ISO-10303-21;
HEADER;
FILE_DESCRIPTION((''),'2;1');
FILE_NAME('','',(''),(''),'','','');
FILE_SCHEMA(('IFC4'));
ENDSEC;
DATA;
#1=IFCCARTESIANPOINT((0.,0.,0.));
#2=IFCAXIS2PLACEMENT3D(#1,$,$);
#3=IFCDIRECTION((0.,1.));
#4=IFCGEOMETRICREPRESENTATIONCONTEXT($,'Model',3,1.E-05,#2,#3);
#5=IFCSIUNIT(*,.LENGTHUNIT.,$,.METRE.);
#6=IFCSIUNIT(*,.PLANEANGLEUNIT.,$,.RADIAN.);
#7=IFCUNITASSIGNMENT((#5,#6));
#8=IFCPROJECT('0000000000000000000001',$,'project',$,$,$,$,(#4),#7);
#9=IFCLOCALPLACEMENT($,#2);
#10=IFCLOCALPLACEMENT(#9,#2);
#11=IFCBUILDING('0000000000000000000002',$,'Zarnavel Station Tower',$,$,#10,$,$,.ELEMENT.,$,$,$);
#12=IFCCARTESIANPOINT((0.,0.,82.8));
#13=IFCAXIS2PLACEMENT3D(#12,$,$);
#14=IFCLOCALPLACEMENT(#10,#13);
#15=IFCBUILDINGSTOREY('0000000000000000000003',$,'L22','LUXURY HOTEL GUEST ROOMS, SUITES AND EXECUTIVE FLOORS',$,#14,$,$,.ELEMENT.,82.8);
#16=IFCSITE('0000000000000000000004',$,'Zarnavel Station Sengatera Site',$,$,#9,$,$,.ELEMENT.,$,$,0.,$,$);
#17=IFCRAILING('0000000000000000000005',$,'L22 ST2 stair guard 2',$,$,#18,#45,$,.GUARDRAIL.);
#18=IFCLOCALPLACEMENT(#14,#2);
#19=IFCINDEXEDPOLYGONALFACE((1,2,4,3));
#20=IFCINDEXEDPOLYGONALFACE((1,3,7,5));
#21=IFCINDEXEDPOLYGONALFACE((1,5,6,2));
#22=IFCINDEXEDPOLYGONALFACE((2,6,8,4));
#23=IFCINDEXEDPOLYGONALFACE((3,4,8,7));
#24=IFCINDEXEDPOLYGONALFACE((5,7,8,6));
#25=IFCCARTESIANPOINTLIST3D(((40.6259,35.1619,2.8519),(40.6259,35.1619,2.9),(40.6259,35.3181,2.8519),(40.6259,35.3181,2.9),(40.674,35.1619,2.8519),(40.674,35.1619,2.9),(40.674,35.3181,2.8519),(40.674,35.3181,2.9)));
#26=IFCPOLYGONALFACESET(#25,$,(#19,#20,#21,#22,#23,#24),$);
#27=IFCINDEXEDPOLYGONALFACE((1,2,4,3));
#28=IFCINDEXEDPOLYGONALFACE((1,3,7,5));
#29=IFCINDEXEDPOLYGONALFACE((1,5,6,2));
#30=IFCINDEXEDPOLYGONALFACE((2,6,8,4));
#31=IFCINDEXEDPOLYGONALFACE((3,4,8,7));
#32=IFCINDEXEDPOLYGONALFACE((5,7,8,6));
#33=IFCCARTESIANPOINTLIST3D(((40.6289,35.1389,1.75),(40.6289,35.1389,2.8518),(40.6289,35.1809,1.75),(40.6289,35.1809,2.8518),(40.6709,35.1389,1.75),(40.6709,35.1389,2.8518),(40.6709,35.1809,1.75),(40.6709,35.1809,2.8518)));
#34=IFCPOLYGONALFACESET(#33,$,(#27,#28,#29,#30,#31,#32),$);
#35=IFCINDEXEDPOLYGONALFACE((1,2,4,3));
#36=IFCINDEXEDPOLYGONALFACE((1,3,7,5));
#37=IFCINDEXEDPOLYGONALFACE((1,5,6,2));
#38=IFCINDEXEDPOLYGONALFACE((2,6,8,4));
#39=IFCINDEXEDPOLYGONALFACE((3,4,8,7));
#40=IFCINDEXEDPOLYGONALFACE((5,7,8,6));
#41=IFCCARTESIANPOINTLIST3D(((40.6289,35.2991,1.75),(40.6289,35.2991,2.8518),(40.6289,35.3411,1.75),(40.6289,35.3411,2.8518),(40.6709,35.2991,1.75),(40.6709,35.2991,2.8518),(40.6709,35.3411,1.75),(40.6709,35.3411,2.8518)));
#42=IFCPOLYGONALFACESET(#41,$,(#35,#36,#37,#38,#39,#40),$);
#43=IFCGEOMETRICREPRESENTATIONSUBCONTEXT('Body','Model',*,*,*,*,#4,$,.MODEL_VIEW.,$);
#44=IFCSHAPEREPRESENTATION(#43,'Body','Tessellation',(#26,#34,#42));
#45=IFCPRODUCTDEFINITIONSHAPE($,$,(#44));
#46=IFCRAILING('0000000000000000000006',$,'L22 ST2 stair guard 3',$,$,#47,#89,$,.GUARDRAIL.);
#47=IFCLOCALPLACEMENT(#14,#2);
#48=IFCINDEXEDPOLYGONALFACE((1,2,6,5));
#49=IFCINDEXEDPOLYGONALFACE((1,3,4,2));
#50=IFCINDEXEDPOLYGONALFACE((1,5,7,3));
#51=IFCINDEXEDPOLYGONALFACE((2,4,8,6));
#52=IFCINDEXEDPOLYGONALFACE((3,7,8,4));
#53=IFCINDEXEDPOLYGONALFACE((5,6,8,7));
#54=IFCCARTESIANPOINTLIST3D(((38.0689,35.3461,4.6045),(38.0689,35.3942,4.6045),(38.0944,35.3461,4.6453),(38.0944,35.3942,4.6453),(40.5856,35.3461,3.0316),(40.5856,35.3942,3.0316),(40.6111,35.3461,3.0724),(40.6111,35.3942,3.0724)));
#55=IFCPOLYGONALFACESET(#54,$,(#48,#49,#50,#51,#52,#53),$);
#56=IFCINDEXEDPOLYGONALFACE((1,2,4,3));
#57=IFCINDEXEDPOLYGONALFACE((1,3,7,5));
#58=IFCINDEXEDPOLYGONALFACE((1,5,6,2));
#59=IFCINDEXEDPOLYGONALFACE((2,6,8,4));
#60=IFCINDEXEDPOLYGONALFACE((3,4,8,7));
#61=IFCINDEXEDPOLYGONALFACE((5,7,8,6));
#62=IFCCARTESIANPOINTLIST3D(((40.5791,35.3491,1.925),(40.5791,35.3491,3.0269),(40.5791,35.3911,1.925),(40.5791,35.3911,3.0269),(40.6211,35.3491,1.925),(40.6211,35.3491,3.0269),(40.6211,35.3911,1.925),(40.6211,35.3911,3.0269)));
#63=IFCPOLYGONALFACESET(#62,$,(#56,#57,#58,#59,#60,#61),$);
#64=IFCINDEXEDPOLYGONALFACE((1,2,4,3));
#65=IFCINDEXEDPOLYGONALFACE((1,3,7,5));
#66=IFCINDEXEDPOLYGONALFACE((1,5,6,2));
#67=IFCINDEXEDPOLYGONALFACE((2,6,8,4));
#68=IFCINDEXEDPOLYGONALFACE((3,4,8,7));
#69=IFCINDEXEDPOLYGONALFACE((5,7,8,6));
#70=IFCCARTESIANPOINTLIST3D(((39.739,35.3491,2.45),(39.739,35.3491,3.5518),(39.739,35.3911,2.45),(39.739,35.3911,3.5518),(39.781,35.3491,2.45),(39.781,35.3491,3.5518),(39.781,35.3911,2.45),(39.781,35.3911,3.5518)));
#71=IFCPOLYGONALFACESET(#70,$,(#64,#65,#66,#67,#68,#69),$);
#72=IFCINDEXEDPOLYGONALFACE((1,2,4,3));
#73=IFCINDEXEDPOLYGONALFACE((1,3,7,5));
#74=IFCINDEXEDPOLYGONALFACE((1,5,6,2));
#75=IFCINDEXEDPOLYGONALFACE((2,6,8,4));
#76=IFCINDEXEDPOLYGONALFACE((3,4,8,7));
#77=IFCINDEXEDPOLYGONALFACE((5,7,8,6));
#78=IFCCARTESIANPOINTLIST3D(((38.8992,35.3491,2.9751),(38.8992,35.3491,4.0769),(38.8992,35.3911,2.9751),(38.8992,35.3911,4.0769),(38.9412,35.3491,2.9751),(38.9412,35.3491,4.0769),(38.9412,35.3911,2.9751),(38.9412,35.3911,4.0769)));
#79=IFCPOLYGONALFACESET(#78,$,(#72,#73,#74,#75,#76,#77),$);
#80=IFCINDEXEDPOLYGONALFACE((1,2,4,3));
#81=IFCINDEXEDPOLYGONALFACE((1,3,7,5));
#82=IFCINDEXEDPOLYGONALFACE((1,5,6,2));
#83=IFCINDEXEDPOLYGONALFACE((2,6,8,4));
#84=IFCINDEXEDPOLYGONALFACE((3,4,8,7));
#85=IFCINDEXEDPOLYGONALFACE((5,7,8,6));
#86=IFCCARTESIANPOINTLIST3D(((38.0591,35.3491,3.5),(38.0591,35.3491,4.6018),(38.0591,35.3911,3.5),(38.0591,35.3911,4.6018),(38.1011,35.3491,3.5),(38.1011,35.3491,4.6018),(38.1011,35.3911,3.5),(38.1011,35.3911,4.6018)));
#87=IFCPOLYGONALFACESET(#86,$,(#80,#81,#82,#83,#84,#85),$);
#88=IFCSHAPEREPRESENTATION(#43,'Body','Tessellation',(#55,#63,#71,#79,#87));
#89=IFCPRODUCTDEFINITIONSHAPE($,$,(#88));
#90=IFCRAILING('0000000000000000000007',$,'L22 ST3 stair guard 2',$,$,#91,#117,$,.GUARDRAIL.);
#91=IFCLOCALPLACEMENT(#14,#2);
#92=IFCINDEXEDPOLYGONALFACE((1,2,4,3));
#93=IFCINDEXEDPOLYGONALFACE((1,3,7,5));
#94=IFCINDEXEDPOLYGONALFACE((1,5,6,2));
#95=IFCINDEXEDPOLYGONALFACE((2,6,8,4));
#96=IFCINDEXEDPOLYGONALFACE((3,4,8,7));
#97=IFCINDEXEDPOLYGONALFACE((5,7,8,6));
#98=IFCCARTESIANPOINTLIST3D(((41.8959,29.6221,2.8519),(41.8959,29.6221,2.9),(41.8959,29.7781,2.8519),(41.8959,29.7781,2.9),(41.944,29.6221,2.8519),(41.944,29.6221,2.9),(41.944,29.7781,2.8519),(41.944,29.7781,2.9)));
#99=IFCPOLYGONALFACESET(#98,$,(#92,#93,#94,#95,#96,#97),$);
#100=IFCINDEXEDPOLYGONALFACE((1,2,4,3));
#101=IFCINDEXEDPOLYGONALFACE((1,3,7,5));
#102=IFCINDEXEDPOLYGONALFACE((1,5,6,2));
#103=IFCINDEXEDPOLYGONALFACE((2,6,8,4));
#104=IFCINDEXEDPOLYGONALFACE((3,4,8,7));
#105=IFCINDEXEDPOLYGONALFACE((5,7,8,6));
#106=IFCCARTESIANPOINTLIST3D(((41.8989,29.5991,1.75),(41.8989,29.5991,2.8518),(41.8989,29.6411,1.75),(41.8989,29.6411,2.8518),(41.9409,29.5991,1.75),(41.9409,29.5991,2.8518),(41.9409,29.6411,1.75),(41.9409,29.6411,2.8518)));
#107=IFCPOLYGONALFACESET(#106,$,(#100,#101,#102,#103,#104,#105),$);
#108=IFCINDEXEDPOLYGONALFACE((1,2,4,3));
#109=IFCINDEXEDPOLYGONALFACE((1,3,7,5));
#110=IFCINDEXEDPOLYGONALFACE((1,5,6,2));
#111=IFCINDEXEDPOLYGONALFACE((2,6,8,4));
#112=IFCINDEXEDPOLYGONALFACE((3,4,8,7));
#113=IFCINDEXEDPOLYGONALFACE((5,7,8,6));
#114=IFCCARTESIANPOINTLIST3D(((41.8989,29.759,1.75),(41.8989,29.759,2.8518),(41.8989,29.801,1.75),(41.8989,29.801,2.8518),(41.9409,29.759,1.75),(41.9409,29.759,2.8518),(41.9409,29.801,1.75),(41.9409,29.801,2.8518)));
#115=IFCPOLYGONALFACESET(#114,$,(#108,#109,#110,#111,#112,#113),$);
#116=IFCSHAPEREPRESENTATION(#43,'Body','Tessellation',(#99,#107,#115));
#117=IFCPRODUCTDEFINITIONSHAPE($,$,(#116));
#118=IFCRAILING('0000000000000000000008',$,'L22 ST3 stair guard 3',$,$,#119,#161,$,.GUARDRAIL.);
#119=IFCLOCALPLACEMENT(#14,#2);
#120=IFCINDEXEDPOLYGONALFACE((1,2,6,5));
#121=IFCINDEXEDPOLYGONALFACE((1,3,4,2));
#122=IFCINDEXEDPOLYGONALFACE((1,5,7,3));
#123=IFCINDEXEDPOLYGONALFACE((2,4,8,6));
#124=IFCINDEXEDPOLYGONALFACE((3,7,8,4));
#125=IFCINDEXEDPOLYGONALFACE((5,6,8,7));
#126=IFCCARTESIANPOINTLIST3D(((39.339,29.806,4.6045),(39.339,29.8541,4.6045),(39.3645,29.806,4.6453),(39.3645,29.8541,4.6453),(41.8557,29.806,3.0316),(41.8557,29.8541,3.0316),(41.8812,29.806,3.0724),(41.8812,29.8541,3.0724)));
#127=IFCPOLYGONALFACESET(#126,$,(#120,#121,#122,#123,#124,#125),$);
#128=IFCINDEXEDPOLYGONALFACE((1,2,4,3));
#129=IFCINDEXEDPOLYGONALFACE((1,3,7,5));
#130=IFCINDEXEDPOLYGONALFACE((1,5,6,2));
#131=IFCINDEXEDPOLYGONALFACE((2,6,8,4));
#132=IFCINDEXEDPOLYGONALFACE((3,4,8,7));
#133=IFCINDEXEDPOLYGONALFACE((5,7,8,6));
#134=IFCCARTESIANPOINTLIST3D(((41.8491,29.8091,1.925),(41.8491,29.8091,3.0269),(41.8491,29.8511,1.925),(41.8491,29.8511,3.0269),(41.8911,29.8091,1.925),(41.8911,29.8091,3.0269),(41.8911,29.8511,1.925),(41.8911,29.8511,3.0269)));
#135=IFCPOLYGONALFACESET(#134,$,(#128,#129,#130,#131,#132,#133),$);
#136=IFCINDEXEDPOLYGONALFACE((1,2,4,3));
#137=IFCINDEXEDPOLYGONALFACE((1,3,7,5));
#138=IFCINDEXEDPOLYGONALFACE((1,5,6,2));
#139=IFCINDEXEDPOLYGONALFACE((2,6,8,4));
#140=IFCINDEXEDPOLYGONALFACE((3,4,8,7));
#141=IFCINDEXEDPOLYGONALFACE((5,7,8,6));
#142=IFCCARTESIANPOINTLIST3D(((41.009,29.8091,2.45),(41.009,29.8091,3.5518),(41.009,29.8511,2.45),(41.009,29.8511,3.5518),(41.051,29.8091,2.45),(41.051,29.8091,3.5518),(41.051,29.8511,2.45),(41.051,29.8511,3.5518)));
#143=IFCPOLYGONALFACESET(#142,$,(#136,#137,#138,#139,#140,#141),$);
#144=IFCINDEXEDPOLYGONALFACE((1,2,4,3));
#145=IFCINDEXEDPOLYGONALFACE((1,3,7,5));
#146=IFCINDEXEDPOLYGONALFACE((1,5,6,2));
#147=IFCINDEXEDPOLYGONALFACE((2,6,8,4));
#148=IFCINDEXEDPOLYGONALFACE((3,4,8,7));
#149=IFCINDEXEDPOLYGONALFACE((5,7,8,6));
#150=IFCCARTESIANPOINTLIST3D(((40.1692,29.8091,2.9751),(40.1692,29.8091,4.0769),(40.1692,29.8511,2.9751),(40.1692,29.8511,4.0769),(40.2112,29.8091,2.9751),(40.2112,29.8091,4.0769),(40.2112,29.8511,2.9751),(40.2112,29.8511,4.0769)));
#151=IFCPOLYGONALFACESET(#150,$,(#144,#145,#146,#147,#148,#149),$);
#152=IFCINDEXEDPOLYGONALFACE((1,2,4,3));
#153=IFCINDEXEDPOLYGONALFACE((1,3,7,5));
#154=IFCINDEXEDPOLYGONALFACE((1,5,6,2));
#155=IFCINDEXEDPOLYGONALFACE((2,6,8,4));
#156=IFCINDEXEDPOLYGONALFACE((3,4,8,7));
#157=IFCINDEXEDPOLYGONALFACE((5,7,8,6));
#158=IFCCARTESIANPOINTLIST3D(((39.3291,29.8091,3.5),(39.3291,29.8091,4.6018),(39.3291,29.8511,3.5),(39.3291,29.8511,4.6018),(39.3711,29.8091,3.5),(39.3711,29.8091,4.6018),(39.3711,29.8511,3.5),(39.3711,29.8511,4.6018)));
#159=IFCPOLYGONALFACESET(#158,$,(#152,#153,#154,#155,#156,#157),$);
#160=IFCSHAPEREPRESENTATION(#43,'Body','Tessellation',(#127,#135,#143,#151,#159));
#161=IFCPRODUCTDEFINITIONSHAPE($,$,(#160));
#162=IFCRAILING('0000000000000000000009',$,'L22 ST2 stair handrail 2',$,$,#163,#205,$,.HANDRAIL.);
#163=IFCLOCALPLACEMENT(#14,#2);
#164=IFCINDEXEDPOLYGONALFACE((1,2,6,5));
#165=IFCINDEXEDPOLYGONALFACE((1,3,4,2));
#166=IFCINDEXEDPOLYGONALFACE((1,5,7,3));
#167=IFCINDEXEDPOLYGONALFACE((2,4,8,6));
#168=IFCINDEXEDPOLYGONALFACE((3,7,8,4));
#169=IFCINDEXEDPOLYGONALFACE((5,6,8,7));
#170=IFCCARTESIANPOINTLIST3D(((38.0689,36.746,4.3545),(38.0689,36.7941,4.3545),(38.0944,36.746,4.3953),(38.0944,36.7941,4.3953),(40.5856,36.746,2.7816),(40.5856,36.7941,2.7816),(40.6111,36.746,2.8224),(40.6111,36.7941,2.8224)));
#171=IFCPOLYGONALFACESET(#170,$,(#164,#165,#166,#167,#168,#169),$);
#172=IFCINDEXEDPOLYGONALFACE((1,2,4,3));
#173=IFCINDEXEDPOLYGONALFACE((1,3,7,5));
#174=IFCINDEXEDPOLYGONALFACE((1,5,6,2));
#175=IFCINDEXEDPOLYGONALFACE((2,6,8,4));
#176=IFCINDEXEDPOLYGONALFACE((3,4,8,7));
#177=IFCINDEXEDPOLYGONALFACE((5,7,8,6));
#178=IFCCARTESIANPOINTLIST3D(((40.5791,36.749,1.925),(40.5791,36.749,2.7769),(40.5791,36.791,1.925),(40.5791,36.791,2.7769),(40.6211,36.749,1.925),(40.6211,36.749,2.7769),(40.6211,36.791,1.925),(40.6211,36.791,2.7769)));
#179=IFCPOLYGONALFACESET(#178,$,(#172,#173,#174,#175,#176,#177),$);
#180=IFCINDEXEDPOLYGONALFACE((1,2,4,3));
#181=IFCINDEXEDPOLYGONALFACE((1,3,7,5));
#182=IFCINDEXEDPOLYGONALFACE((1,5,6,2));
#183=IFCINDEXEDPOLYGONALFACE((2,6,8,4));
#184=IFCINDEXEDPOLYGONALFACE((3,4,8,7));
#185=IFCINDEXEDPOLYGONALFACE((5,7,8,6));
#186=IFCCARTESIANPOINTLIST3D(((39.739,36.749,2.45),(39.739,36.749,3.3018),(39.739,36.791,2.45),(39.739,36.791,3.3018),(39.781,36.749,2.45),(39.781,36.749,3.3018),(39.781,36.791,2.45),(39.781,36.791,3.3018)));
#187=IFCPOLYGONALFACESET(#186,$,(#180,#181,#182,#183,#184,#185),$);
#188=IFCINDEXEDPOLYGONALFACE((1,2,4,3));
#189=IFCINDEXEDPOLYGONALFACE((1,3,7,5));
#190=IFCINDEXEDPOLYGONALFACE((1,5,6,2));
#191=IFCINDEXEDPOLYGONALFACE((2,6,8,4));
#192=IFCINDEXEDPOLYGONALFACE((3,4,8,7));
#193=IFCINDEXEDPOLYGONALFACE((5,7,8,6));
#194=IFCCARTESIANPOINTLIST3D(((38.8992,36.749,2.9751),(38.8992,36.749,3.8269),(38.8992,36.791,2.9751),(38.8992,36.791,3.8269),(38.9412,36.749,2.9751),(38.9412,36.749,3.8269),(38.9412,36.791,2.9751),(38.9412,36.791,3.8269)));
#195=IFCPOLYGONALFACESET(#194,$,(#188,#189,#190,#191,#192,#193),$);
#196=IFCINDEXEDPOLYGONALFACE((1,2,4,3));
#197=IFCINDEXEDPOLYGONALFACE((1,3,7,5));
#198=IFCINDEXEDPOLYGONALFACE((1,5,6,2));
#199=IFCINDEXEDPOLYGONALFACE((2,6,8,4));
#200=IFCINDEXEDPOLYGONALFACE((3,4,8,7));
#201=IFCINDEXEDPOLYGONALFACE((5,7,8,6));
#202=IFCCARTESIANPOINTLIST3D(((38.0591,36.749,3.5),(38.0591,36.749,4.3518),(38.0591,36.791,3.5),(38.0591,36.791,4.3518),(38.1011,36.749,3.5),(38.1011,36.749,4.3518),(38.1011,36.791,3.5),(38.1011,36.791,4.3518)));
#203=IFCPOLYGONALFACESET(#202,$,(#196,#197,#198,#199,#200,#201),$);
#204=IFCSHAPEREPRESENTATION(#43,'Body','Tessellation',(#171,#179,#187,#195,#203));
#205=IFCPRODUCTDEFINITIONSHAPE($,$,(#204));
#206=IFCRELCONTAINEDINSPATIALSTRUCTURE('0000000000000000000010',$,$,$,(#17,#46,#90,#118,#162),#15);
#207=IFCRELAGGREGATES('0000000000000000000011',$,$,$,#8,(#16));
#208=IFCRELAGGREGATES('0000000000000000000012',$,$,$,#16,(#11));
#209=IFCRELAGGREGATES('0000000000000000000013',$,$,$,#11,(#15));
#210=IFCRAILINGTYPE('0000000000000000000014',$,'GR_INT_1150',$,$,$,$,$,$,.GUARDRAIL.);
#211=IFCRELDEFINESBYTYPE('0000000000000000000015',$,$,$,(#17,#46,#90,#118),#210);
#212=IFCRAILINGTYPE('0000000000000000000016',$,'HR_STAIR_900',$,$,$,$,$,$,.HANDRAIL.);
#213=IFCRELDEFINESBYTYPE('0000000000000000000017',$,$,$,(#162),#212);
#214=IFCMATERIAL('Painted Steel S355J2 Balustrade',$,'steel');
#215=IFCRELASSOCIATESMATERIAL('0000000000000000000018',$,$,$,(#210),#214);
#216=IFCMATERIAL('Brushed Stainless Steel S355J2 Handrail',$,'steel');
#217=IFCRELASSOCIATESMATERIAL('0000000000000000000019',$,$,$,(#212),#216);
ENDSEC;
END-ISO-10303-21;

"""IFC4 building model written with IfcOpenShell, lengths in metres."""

from ifc_helpers import new_model, si_unit, direction, frame, origin, origin_2d, place, context, subcontext, project, spatial, rectangle, extrude, material, type_object, element, save


model = new_model("IFC4")

# Units and contexts
model_context = context("Model", 3, precision=1e-05, world=origin(), true_north=direction((0.0, 1.0)))
body_context = subcontext(model_context, "Body", "Model", "MODEL_VIEW")
ifc_project = project(units=[si_unit("LENGTHUNIT", "METRE"), si_unit("PLANEANGLEUNIT", "RADIAN")], contexts=[model_context])

# Site, building, storey
site_placement = place(None, origin())
site = spatial("IfcSite", under=ifc_project, at=site_placement, Name="Zarnavel Station Sengatera Site", CompositionType="ELEMENT", RefElevation=0.0)
building_placement = place(site_placement, origin())
building = spatial("IfcBuilding", under=site, at=building_placement, Name="Zarnavel Station Tower", CompositionType="ELEMENT")
storey_placement = place(building_placement, frame((0.0, 0.0, 82.8)))
storey = spatial("IfcBuildingStorey", under=building, at=storey_placement, Name="L22", Description="LUXURY HOTEL GUEST ROOMS, SUITES AND EXECUTIVE FLOORS", CompositionType="ELEMENT", Elevation=82.8)

# Railings
ifc_material_1 = material(Name="Painted Steel S355J2 Balustrade", Category="steel")
railing_type_1 = type_object("IfcRailingType", Name="GR_INT_1150", PredefinedType="GUARDRAIL", material=ifc_material_1)
railing_1_placement = place(storey_placement, frame((40.6499, 35.1599, 1.75)))
element("IfcRailing", 1, at=railing_1_placement, inside=storey, type_object=railing_type_1, Name="L22 ST2 stair guard 2", PredefinedType="GUARDRAIL", context=body_context, shape_type="SweptSolid", body=[
    extrude(rectangle(XDim=0.0481, YDim=0.0481, at=origin_2d()), frame((0.0, 0.002, 1.126), z_axis=(0.0, 1.0, 0.0), x_axis=(-1.0, 0.0, 0.0)), (0.0, 0.0, 1.0), 0.1562),
    extrude(rectangle(XDim=0.042, YDim=0.042, at=origin_2d()), origin(), (0.0, 0.0, 1.0), 1.1018),
    extrude(rectangle(XDim=0.042, YDim=0.042, at=origin_2d()), frame((0.0, 0.1602, 0.0)), (0.0, 0.0, 1.0), 1.1018),
])
railing_2_placement = place(storey_placement, frame((40.6001, 35.3701, 1.925)))
element("IfcRailing", 2, at=railing_2_placement, inside=storey, type_object=railing_type_1, Name="L22 ST2 stair guard 3", PredefinedType="GUARDRAIL", context=body_context, shape_type="SweptSolid", body=[
    extrude(rectangle(XDim=0.0481, YDim=0.0481, at=origin_2d()), frame((-0.0017, 0.0, 1.127), z_axis=(-0.848008, 0.0, 0.529984), x_axis=(0.0, -1.0, 0.0)), (0.0, 0.0, 1.0), 2.9678),
    extrude(rectangle(XDim=0.042, YDim=0.042, at=origin_2d()), origin(), (0.0, 0.0, 1.0), 1.1018),
    extrude(rectangle(XDim=0.042, YDim=0.042, at=origin_2d()), frame((-0.8401, 0.0, 0.5249)), (0.0, 0.0, 1.0), 1.1018),
    extrude(rectangle(XDim=0.042, YDim=0.042, at=origin_2d()), frame((-1.6799, 0.0, 1.05)), (0.0, 0.0, 1.0), 1.1018),
    extrude(rectangle(XDim=0.042, YDim=0.042, at=origin_2d()), frame((-2.52, 0.0, 1.575)), (0.0, 0.0, 1.0), 1.1018),
])
railing_3_placement = place(storey_placement, frame((41.9199, 29.6201, 1.75)))
element("IfcRailing", 3, at=railing_3_placement, inside=storey, type_object=railing_type_1, Name="L22 ST3 stair guard 2", PredefinedType="GUARDRAIL", context=body_context, shape_type="SweptSolid", body=[
    extrude(rectangle(XDim=0.0481, YDim=0.0481, at=origin_2d()), frame((0.0, 0.002, 1.126), z_axis=(0.0, 1.0, 0.0), x_axis=(-1.0, 0.0, 0.0)), (0.0, 0.0, 1.0), 0.156),
    extrude(rectangle(XDim=0.042, YDim=0.042, at=origin_2d()), origin(), (0.0, 0.0, 1.0), 1.1018),
    extrude(rectangle(XDim=0.042, YDim=0.042, at=origin_2d()), frame((0.0, 0.1599, 0.0)), (0.0, 0.0, 1.0), 1.1018),
])
railing_4_placement = place(storey_placement, frame((41.8701, 29.8301, 1.925)))
element("IfcRailing", 4, at=railing_4_placement, inside=storey, type_object=railing_type_1, Name="L22 ST3 stair guard 3", PredefinedType="GUARDRAIL", context=body_context, shape_type="SweptSolid", body=[
    extrude(rectangle(XDim=0.0481, YDim=0.0481, at=origin_2d()), frame((-0.0017, 0.0, 1.127), z_axis=(-0.848008, 0.0, 0.529984), x_axis=(0.0, -1.0, 0.0)), (0.0, 0.0, 1.0), 2.9678),
    extrude(rectangle(XDim=0.042, YDim=0.042, at=origin_2d()), origin(), (0.0, 0.0, 1.0), 1.1018),
    extrude(rectangle(XDim=0.042, YDim=0.042, at=origin_2d()), frame((-0.8401, 0.0, 0.5249)), (0.0, 0.0, 1.0), 1.1018),
    extrude(rectangle(XDim=0.042, YDim=0.042, at=origin_2d()), frame((-1.6799, 0.0, 1.05)), (0.0, 0.0, 1.0), 1.1018),
    extrude(rectangle(XDim=0.042, YDim=0.042, at=origin_2d()), frame((-2.52, 0.0, 1.575)), (0.0, 0.0, 1.0), 1.1018),
])
ifc_material_2 = material(Name="Brushed Stainless Steel S355J2 Handrail", Category="steel")
railing_type_2 = type_object("IfcRailingType", Name="HR_STAIR_900", PredefinedType="HANDRAIL", material=ifc_material_2)
for number, where, name in (
    (5, (40.6001, 36.77, 1.925), "L22 ST2 stair handrail 2"),
):
    element("IfcRailing", number, at=place(storey_placement, frame(where)), inside=storey, type_object=railing_type_2, Name=name, PredefinedType="HANDRAIL", context=body_context, shape_type="SweptSolid", body=[
        extrude(rectangle(XDim=0.0481, YDim=0.0481, at=origin_2d()), frame((-0.0017, 0.0, 0.877), z_axis=(-0.848008, 0.0, 0.529984), x_axis=(0.0, -1.0, 0.0)), (0.0, 0.0, 1.0), 2.9678),
        extrude(rectangle(XDim=0.042, YDim=0.042, at=origin_2d()), origin(), (0.0, 0.0, 1.0), 0.8518),
        extrude(rectangle(XDim=0.042, YDim=0.042, at=origin_2d()), frame((-0.8401, 0.0, 0.5249)), (0.0, 0.0, 1.0), 0.8518),
        extrude(rectangle(XDim=0.042, YDim=0.042, at=origin_2d()), frame((-1.6799, 0.0, 1.05)), (0.0, 0.0, 1.0), 0.8518),
        extrude(rectangle(XDim=0.042, YDim=0.042, at=origin_2d()), frame((-2.52, 0.0, 1.575)), (0.0, 0.0, 1.0), 0.8518),
    ])

save(model, "model.ifc")
